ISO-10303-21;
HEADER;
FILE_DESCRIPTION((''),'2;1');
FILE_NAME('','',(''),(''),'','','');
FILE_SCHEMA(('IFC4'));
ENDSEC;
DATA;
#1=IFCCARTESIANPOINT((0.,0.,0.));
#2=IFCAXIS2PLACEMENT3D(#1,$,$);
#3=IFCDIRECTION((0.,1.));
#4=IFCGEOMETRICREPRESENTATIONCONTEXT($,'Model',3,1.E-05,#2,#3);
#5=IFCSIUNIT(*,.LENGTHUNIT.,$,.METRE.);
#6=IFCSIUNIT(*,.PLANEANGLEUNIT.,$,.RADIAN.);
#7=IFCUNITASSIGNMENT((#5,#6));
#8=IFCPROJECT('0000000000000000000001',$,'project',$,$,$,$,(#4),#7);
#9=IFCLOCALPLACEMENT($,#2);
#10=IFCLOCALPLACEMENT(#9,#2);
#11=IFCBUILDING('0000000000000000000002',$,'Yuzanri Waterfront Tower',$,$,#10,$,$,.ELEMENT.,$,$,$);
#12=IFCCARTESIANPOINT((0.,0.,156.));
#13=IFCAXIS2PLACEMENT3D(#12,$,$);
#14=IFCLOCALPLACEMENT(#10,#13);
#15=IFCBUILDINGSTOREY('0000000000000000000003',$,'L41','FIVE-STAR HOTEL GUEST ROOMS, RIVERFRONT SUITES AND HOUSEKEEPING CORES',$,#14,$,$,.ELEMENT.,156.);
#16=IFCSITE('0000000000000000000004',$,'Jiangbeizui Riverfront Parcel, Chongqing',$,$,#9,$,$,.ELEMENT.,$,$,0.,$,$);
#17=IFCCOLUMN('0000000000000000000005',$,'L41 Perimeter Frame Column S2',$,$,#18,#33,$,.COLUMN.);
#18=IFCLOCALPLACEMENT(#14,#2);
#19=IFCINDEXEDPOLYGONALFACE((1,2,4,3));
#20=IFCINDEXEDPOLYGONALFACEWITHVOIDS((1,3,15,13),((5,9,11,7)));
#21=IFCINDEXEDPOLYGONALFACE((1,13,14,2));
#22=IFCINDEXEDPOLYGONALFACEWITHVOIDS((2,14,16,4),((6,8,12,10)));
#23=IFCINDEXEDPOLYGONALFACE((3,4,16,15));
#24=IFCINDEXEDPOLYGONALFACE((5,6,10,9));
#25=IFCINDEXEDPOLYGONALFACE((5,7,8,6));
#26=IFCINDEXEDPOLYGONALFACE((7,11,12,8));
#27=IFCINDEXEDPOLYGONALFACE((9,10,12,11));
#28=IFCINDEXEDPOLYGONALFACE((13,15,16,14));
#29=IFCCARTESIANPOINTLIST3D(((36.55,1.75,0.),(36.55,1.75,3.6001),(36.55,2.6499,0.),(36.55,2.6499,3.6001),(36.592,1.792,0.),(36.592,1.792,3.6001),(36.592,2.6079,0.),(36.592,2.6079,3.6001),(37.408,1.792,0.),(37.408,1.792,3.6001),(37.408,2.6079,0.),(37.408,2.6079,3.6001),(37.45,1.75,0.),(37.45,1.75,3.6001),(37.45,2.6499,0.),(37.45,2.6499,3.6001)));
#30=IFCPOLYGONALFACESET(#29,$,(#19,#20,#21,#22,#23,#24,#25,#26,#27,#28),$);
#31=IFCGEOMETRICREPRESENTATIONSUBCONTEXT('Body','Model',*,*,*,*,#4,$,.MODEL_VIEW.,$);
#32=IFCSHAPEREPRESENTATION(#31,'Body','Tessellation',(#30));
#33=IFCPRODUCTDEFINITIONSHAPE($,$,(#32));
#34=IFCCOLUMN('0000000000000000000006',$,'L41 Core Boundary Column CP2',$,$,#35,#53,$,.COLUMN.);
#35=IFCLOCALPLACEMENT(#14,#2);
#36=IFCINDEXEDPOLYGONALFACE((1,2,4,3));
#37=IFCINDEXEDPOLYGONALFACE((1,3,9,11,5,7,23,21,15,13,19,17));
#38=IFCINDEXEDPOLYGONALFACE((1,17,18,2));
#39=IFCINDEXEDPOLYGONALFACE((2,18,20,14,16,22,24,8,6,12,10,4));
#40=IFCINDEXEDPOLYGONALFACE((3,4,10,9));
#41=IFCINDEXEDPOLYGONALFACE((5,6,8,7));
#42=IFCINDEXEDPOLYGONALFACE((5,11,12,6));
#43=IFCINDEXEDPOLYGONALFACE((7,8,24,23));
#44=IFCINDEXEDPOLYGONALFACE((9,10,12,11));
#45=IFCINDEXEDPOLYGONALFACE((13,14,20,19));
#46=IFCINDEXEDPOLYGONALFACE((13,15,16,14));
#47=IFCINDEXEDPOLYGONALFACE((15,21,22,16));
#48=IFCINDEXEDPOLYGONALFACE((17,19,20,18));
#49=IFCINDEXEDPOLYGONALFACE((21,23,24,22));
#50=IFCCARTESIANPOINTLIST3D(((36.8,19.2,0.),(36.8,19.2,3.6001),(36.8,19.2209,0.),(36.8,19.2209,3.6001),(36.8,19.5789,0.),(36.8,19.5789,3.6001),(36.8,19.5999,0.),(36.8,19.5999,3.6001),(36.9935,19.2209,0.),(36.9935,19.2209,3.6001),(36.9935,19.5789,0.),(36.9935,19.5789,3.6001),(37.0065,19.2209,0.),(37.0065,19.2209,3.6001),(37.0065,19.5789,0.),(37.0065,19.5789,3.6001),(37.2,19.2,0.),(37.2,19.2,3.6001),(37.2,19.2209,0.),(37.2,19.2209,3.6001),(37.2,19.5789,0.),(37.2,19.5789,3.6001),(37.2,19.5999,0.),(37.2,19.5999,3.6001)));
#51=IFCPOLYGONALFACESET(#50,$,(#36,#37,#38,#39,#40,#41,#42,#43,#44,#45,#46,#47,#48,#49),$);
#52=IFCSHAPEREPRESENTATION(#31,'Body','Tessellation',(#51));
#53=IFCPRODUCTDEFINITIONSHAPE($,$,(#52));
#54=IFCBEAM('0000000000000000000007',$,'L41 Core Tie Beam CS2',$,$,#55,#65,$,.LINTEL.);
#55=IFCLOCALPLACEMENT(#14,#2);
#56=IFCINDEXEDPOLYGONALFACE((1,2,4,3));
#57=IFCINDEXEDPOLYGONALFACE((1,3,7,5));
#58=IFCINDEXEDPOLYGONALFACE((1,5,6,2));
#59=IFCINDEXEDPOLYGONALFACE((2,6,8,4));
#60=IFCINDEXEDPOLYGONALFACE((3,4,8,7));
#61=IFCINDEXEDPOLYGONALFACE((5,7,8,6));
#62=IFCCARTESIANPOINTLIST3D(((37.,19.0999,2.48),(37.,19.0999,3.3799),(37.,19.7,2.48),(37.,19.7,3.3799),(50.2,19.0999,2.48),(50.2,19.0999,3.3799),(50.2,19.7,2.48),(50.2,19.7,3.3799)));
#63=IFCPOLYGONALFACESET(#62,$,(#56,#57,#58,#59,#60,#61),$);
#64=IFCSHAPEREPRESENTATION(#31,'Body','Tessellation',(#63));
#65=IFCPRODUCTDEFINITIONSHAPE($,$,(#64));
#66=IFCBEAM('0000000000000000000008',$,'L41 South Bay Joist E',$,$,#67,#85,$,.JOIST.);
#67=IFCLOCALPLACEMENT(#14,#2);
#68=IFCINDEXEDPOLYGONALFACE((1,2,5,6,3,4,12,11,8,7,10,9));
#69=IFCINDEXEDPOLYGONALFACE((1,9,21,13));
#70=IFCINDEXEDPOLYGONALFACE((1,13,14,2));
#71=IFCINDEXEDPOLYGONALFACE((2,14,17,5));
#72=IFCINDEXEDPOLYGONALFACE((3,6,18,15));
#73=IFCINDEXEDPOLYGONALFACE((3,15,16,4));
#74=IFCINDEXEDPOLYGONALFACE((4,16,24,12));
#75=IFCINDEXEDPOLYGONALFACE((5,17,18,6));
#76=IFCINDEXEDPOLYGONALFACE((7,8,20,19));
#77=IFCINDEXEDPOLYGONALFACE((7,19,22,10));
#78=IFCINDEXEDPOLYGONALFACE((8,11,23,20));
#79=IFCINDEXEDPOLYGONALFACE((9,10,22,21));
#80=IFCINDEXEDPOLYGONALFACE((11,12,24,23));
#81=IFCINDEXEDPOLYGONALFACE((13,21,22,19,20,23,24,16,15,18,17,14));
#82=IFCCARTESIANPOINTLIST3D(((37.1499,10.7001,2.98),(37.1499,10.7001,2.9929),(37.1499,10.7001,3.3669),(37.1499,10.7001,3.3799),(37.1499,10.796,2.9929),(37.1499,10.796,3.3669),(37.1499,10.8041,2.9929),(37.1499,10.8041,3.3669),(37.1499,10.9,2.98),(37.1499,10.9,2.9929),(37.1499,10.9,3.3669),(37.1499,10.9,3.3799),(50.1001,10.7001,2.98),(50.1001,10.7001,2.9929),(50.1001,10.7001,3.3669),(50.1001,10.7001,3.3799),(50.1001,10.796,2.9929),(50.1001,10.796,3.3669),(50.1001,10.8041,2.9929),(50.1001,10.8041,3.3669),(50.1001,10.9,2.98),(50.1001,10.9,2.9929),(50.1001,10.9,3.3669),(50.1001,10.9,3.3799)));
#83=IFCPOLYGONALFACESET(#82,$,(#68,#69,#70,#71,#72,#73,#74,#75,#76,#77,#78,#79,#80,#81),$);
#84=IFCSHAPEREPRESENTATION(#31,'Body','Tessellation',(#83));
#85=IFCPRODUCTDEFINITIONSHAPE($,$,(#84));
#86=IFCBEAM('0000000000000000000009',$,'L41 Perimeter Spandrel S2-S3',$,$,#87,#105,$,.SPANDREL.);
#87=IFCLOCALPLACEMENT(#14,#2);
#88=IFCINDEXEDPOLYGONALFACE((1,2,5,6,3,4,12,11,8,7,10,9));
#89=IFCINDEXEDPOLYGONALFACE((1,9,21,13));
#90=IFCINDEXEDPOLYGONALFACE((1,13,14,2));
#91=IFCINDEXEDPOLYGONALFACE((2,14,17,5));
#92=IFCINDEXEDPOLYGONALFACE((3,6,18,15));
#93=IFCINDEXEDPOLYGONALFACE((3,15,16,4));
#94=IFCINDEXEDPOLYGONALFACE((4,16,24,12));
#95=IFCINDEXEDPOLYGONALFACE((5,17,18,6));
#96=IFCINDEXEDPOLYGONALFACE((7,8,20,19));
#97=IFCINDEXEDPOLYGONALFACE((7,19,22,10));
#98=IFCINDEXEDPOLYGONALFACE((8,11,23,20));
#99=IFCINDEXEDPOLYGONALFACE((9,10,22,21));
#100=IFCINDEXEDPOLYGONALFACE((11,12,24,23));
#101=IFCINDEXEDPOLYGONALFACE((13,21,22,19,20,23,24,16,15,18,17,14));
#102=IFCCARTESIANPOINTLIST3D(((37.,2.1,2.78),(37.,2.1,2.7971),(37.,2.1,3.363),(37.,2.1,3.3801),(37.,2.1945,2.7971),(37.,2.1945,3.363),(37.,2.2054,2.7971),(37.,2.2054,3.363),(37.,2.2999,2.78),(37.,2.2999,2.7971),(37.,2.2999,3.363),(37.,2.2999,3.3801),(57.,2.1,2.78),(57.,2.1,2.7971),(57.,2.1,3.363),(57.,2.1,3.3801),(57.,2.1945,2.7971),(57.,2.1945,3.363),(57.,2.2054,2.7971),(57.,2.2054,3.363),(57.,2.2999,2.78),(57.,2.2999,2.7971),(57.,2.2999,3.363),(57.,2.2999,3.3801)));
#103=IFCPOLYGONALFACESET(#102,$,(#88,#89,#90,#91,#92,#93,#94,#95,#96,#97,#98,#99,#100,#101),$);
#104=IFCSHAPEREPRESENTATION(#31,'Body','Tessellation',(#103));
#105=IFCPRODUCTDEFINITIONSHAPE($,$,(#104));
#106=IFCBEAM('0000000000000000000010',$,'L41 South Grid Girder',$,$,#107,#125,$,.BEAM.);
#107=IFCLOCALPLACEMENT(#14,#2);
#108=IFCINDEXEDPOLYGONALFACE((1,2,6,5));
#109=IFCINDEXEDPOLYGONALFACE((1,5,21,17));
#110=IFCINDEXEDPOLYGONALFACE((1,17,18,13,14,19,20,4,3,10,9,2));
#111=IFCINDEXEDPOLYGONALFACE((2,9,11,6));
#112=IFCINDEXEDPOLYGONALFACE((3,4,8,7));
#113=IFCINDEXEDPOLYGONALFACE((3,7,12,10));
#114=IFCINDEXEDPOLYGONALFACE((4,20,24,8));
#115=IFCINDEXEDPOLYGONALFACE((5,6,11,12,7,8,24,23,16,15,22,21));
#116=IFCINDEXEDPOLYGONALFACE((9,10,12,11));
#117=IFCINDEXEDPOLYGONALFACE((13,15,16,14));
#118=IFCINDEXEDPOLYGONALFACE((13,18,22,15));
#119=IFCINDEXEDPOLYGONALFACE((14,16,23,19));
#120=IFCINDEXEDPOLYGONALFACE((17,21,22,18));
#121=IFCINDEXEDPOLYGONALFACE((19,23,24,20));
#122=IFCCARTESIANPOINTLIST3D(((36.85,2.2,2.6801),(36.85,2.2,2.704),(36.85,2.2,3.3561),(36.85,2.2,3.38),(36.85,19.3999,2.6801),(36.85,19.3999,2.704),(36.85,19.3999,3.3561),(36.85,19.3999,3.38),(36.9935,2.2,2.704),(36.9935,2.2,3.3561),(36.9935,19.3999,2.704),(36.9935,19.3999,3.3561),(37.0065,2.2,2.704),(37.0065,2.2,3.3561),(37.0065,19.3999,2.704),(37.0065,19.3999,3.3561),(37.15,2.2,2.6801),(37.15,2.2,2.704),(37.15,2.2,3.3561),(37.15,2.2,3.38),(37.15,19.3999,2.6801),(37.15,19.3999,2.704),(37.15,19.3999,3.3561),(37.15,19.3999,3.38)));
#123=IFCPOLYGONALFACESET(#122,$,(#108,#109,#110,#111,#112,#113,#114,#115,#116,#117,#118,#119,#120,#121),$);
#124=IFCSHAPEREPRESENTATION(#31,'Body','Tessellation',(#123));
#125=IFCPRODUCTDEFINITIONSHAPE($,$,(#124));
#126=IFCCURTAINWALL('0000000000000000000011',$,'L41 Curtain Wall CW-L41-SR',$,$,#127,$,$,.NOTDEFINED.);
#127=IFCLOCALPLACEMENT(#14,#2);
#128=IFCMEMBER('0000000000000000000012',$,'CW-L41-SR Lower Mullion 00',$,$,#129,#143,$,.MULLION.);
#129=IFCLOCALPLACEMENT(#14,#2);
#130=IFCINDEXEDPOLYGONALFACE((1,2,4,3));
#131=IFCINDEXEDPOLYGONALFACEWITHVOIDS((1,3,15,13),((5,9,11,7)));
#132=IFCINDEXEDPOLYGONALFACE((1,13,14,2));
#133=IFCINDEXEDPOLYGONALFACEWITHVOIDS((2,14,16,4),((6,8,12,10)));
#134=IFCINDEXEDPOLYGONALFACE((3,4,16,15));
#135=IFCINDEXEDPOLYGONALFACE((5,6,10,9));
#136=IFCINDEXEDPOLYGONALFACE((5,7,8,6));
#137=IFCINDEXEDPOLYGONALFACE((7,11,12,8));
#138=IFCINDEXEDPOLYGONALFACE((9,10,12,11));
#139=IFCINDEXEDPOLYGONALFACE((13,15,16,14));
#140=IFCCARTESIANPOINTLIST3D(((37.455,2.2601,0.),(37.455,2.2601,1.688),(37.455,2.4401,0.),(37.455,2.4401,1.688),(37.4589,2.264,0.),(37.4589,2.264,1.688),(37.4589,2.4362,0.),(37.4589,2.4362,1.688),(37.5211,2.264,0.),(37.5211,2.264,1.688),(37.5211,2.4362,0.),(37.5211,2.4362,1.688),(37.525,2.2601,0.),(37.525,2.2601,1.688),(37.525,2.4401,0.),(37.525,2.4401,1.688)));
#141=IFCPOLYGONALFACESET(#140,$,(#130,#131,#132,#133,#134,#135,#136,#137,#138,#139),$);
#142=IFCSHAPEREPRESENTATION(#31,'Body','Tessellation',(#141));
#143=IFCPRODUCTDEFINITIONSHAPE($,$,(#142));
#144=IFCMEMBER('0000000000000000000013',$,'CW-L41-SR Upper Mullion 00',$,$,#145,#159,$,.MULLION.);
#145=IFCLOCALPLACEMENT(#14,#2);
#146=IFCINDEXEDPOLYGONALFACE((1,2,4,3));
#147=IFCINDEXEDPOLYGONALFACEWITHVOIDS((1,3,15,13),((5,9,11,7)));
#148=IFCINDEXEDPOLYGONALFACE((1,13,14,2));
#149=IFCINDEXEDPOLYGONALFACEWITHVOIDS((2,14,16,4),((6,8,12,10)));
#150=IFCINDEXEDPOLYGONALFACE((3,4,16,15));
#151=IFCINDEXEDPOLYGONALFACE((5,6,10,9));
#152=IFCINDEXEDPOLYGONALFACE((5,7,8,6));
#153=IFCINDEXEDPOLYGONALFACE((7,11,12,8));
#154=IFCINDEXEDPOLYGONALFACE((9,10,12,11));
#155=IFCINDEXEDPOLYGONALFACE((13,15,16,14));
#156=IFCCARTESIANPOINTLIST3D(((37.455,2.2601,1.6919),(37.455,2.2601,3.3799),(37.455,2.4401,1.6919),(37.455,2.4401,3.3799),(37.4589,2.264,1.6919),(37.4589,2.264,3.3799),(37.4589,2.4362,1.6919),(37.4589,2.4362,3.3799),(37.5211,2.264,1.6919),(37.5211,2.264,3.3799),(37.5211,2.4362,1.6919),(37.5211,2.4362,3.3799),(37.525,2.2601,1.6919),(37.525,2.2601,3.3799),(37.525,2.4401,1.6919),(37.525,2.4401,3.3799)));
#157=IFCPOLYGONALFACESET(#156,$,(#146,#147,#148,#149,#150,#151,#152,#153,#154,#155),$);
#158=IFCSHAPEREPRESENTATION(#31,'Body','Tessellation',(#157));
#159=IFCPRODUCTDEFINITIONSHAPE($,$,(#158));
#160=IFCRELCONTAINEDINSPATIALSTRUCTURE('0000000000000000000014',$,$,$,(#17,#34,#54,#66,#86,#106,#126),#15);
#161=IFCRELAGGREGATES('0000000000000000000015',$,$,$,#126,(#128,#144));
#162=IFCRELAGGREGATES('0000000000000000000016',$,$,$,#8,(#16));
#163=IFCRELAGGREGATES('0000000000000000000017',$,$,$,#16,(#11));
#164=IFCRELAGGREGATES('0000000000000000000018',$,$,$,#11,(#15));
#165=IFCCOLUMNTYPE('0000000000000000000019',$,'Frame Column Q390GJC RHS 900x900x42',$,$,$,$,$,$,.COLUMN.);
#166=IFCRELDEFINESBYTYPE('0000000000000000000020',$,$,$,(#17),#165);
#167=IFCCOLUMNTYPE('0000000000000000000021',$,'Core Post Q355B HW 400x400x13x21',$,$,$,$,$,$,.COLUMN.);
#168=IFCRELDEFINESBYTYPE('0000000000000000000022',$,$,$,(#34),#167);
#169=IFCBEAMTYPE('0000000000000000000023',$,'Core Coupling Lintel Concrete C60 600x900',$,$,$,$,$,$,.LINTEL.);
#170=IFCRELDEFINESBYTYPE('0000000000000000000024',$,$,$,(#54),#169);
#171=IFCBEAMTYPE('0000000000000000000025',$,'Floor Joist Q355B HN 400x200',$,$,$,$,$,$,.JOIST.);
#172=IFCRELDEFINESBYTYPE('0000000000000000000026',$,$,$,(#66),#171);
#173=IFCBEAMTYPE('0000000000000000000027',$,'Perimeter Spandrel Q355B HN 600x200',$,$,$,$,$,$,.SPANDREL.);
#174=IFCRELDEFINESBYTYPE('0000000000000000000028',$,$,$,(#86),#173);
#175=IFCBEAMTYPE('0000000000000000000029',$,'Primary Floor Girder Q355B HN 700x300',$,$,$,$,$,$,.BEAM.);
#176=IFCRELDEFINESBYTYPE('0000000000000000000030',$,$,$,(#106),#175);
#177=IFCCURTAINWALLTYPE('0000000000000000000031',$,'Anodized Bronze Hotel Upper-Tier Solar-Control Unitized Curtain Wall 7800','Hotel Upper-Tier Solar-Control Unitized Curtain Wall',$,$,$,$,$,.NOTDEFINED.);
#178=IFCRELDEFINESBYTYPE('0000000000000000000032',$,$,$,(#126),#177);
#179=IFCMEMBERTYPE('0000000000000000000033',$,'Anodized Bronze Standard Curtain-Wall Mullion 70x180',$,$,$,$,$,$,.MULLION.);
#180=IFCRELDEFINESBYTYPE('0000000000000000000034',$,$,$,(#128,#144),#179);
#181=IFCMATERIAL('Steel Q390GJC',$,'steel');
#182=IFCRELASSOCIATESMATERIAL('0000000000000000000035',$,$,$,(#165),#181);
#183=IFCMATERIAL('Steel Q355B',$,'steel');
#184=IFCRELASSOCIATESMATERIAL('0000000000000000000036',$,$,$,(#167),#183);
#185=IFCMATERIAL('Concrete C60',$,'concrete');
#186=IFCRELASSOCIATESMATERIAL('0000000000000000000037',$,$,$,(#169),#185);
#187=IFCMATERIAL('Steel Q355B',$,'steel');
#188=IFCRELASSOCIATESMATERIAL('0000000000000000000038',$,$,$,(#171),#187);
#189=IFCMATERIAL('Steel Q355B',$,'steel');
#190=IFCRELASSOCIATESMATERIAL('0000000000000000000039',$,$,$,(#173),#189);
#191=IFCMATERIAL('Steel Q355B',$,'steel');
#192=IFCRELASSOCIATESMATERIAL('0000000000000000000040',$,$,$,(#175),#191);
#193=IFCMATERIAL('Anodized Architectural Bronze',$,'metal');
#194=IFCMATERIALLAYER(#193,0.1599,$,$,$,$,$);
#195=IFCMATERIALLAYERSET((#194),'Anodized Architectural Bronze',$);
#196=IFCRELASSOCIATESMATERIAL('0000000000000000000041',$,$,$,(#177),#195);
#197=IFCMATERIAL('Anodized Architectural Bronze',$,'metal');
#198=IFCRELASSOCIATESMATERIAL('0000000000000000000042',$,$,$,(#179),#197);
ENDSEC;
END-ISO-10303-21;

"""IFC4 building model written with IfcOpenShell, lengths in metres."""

from ifc_helpers import new_model, si_unit, direction, frame, origin, origin_2d, place, context, subcontext, project, spatial, rectangle, hollow_rectangle, i_section, extrude, source, transform, mapped, material, layer, layer_set, material_profile, profile_set, type_object, element, aggregate, save


model = new_model("IFC4")

# Units and contexts
model_context = context("Model", 3, precision=1e-05, world=origin(), true_north=direction((0.0, 1.0)))
body_context = subcontext(model_context, "Body", "Model", "MODEL_VIEW")
ifc_project = project(units=[si_unit("LENGTHUNIT", "METRE"), si_unit("PLANEANGLEUNIT", "RADIAN")], contexts=[model_context])

# Site, building, storey
site_placement = place(None, origin())
site = spatial("IfcSite", under=ifc_project, at=site_placement, Name="Jiangbeizui Riverfront Parcel, Chongqing", CompositionType="ELEMENT", RefElevation=0.0)
building_placement = place(site_placement, origin())
building = spatial("IfcBuilding", under=site, at=building_placement, Name="Yuzanri Waterfront Tower", CompositionType="ELEMENT")
storey_placement = place(building_placement, frame((0.0, 0.0, 156.0)))
storey = spatial("IfcBuildingStorey", under=building, at=storey_placement, Name="L41", Description="FIVE-STAR HOTEL GUEST ROOMS, RIVERFRONT SUITES AND HOUSEKEEPING CORES", CompositionType="ELEMENT", Elevation=156.0)

# Columns
ifc_material_1 = material(Name="Steel Q390GJC", Category="steel")
ifc_material_profile_1 = material_profile(ifc_material_1, hollow_rectangle(XDim=0.8999, YDim=0.8999, WallThickness=0.042, at=origin_2d()), Name="RHS 900x900x42")
ifc_profile_set_1 = profile_set([ifc_material_profile_1], Name="Steel Q390GJC")
column_type_1 = type_object("IfcColumnType", Name="Frame Column Q390GJC RHS 900x900x42", PredefinedType="COLUMN", material=ifc_profile_set_1)
shared_shape_1 = source(origin(), body_context, "Body", "SweptSolid", [
    extrude(hollow_rectangle(XDim=0.8999, YDim=0.8999, WallThickness=0.042, at=origin_2d()), origin(), (0.0, 0.0, 1.0), 3.6001),
])
column_1_placement = place(storey_placement, frame((37.0, 2.2, 0.0), z_axis=(0.0, 0.0, 1.0), x_axis=(1.0, 0.0, 0.0)))
element("IfcColumn", 1, at=column_1_placement, inside=storey, type_object=column_type_1, Name="L41 Perimeter Frame Column S2", PredefinedType="COLUMN", context=body_context, shape_type="MappedRepresentation", body=[
    mapped(shared_shape_1, transform((0.0, 0.0, 0.0), scale=1.0)),
])
ifc_material_2 = material(Name="Steel Q355B", Category="steel")
ifc_material_profile_2 = material_profile(ifc_material_2, i_section(OverallWidth=0.3999, OverallDepth=0.3999, WebThickness=0.0129, FlangeThickness=0.021, at=origin_2d()), Name="HW 400x400x13x21")
ifc_profile_set_2 = profile_set([ifc_material_profile_2], Name="Steel Q355B")
column_type_2 = type_object("IfcColumnType", Name="Core Post Q355B HW 400x400x13x21", PredefinedType="COLUMN", material=ifc_profile_set_2)
shared_shape_2 = source(origin(), body_context, "Body", "SweptSolid", [
    extrude(i_section(OverallWidth=0.3999, OverallDepth=0.3999, WebThickness=0.0129, FlangeThickness=0.021, at=origin_2d()), origin(), (0.0, 0.0, 1.0), 3.6001),
])
column_2_placement = place(storey_placement, frame((37.0, 19.3999, 0.0), z_axis=(0.0, 0.0, 1.0), x_axis=(1.0, 0.0, 0.0)))
element("IfcColumn", 2, at=column_2_placement, inside=storey, type_object=column_type_2, Name="L41 Core Boundary Column CP2", PredefinedType="COLUMN", context=body_context, shape_type="MappedRepresentation", body=[
    mapped(shared_shape_2, transform((0.0, 0.0, 0.0), scale=1.0)),
])

# Beams
ifc_material_3 = material(Name="Concrete C60", Category="concrete")
ifc_material_profile_3 = material_profile(ifc_material_3, rectangle(XDim=0.6001, YDim=0.8999, at=origin_2d()), Name="RC 600x900")
ifc_profile_set_3 = profile_set([ifc_material_profile_3], Name="Concrete C60")
beam_type_1 = type_object("IfcBeamType", Name="Core Coupling Lintel Concrete C60 600x900", PredefinedType="LINTEL", material=ifc_profile_set_3)
shared_shape_3 = source(origin(), body_context, "Body", "SweptSolid", [
    extrude(rectangle(XDim=0.6001, YDim=0.8999, at=origin_2d()), origin(), (0.0, 0.0, 1.0), 13.2),
])
beam_1_placement = place(storey_placement, frame((37.0, 19.3999, 2.9299), z_axis=(1.0, 0.0, 0.0), x_axis=(0.0, 1.0, 0.0)))
element("IfcBeam", 3, at=beam_1_placement, inside=storey, type_object=beam_type_1, Name="L41 Core Tie Beam CS2", PredefinedType="LINTEL", context=body_context, shape_type="MappedRepresentation", body=[
    mapped(shared_shape_3, transform((0.0, 0.0, 0.0), scale=1.0)),
])
ifc_material_4 = material(Name="Steel Q355B", Category="steel")
ifc_material_profile_4 = material_profile(ifc_material_4, i_section(OverallWidth=0.2, OverallDepth=0.3999, WebThickness=0.0081, FlangeThickness=0.0129, at=origin_2d()), Name="HN 400x200x8x13")
ifc_profile_set_4 = profile_set([ifc_material_profile_4], Name="Steel Q355B")
beam_type_2 = type_object("IfcBeamType", Name="Floor Joist Q355B HN 400x200", PredefinedType="JOIST", material=ifc_profile_set_4)
shared_shape_4 = source(origin(), body_context, "Body", "SweptSolid", [
    extrude(i_section(OverallWidth=0.2, OverallDepth=0.3999, WebThickness=0.0081, FlangeThickness=0.0129, at=origin_2d()), origin(), (0.0, 0.0, 1.0), 12.9502),
])
beam_2_placement = place(storey_placement, frame((37.1499, 10.8, 3.1799), z_axis=(1.0, 0.0, 0.0), x_axis=(0.0, 1.0, 0.0)))
element("IfcBeam", 4, at=beam_2_placement, inside=storey, type_object=beam_type_2, Name="L41 South Bay Joist E", PredefinedType="JOIST", context=body_context, shape_type="MappedRepresentation", body=[
    mapped(shared_shape_4, transform((0.0, 0.0, 0.0), scale=1.0)),
])
ifc_material_5 = material(Name="Steel Q355B", Category="steel")
ifc_material_profile_5 = material_profile(ifc_material_5, i_section(OverallWidth=0.2, OverallDepth=0.6001, WebThickness=0.011, FlangeThickness=0.0171, at=origin_2d()), Name="HN 600x200x11x17")
ifc_profile_set_5 = profile_set([ifc_material_profile_5], Name="Steel Q355B")
beam_type_3 = type_object("IfcBeamType", Name="Perimeter Spandrel Q355B HN 600x200", PredefinedType="SPANDREL", material=ifc_profile_set_5)
shared_shape_5 = source(origin(), body_context, "Body", "SweptSolid", [
    extrude(i_section(OverallWidth=0.2, OverallDepth=0.6001, WebThickness=0.011, FlangeThickness=0.0171, at=origin_2d()), origin(), (0.0, 0.0, 1.0), 20.0),
])
beam_3_placement = place(storey_placement, frame((37.0, 2.2, 3.0801), z_axis=(1.0, 0.0, 0.0), x_axis=(0.0, 1.0, 0.0)))
element("IfcBeam", 5, at=beam_3_placement, inside=storey, type_object=beam_type_3, Name="L41 Perimeter Spandrel S2-S3", PredefinedType="SPANDREL", context=body_context, shape_type="MappedRepresentation", body=[
    mapped(shared_shape_5, transform((0.0, 0.0, 0.0), scale=1.0)),
])
ifc_material_6 = material(Name="Steel Q355B", Category="steel")
ifc_material_profile_6 = material_profile(ifc_material_6, i_section(OverallWidth=0.3, OverallDepth=0.7, WebThickness=0.0129, FlangeThickness=0.0239, at=origin_2d()), Name="HN 700x300x13x24")
ifc_profile_set_6 = profile_set([ifc_material_profile_6], Name="Steel Q355B")
beam_type_4 = type_object("IfcBeamType", Name="Primary Floor Girder Q355B HN 700x300", PredefinedType="BEAM", material=ifc_profile_set_6)
shared_shape_6 = source(origin(), body_context, "Body", "SweptSolid", [
    extrude(i_section(OverallWidth=0.3, OverallDepth=0.7, WebThickness=0.0129, FlangeThickness=0.0239, at=origin_2d()), origin(), (0.0, 0.0, 1.0), 17.2),
])
beam_4_placement = place(storey_placement, frame((37.0, 19.3999, 3.03), z_axis=(0.0, -1.0, 0.0), x_axis=(1.0, 0.0, 0.0)))
element("IfcBeam", 6, at=beam_4_placement, inside=storey, type_object=beam_type_4, Name="L41 South Grid Girder", PredefinedType="BEAM", context=body_context, shape_type="MappedRepresentation", body=[
    mapped(shared_shape_6, transform((0.0, 0.0, 0.0), scale=1.0)),
])

# Curtain wall, members
ifc_material_7 = material(Name="Anodized Architectural Bronze", Category="metal")
ifc_layer_1 = layer(ifc_material_7, 0.1599)
ifc_layer_set_1 = layer_set([ifc_layer_1], Name="Anodized Architectural Bronze")
curtain_wall_type = type_object("IfcCurtainWallType", Name="Anodized Bronze Hotel Upper-Tier Solar-Control Unitized Curtain Wall 7800", Description="Hotel Upper-Tier Solar-Control Unitized Curtain Wall", PredefinedType="NOTDEFINED", material=ifc_layer_set_1)
curtain_wall_placement = place(storey_placement, origin())
curtain_wall = element("IfcCurtainWall", 7, at=curtain_wall_placement, inside=storey, type_object=curtain_wall_type, Name="L41 Curtain Wall CW-L41-SR", PredefinedType="NOTDEFINED")
ifc_material_8 = material(Name="Anodized Architectural Bronze", Category="metal")
ifc_material_profile_7 = material_profile(ifc_material_8, hollow_rectangle(XDim=0.0701, YDim=0.1799, WallThickness=0.0039, at=origin_2d()), Name="CWM 70x180")
ifc_profile_set_7 = profile_set([ifc_material_profile_7], Name="Anodized Architectural Bronze")
member_type_1 = type_object("IfcMemberType", Name="Anodized Bronze Standard Curtain-Wall Mullion 70x180", PredefinedType="MULLION", material=ifc_profile_set_7)
shared_shape_7 = source(origin(), body_context, "Body", "SweptSolid", [
    extrude(hollow_rectangle(XDim=0.0701, YDim=0.1799, WallThickness=0.0039, at=origin_2d()), origin(), (0.0, 0.0, 1.0), 1.688),
])
member_1_placement = place(storey_placement, frame((37.49, 2.3501, 0.0), z_axis=(0.0, 0.0, 1.0), x_axis=(1.0, 0.0, 0.0)))
member_1 = element("IfcMember", 8, at=member_1_placement, type_object=member_type_1, Name="CW-L41-SR Lower Mullion 00", PredefinedType="MULLION", context=body_context, shape_type="MappedRepresentation", body=[
    mapped(shared_shape_7, transform((0.0, 0.0, 0.0), scale=1.0)),
])
member_2_placement = place(storey_placement, frame((37.49, 2.3501, 1.6919), z_axis=(0.0, 0.0, 1.0), x_axis=(1.0, 0.0, 0.0)))
member_2 = element("IfcMember", 9, at=member_2_placement, type_object=member_type_1, Name="CW-L41-SR Upper Mullion 00", PredefinedType="MULLION", context=body_context, shape_type="MappedRepresentation", body=[
    mapped(shared_shape_7, transform((0.0, 0.0, 0.0), scale=1.0)),
])
aggregate(curtain_wall, [member_1, member_2])

save(model, "model.ifc")
